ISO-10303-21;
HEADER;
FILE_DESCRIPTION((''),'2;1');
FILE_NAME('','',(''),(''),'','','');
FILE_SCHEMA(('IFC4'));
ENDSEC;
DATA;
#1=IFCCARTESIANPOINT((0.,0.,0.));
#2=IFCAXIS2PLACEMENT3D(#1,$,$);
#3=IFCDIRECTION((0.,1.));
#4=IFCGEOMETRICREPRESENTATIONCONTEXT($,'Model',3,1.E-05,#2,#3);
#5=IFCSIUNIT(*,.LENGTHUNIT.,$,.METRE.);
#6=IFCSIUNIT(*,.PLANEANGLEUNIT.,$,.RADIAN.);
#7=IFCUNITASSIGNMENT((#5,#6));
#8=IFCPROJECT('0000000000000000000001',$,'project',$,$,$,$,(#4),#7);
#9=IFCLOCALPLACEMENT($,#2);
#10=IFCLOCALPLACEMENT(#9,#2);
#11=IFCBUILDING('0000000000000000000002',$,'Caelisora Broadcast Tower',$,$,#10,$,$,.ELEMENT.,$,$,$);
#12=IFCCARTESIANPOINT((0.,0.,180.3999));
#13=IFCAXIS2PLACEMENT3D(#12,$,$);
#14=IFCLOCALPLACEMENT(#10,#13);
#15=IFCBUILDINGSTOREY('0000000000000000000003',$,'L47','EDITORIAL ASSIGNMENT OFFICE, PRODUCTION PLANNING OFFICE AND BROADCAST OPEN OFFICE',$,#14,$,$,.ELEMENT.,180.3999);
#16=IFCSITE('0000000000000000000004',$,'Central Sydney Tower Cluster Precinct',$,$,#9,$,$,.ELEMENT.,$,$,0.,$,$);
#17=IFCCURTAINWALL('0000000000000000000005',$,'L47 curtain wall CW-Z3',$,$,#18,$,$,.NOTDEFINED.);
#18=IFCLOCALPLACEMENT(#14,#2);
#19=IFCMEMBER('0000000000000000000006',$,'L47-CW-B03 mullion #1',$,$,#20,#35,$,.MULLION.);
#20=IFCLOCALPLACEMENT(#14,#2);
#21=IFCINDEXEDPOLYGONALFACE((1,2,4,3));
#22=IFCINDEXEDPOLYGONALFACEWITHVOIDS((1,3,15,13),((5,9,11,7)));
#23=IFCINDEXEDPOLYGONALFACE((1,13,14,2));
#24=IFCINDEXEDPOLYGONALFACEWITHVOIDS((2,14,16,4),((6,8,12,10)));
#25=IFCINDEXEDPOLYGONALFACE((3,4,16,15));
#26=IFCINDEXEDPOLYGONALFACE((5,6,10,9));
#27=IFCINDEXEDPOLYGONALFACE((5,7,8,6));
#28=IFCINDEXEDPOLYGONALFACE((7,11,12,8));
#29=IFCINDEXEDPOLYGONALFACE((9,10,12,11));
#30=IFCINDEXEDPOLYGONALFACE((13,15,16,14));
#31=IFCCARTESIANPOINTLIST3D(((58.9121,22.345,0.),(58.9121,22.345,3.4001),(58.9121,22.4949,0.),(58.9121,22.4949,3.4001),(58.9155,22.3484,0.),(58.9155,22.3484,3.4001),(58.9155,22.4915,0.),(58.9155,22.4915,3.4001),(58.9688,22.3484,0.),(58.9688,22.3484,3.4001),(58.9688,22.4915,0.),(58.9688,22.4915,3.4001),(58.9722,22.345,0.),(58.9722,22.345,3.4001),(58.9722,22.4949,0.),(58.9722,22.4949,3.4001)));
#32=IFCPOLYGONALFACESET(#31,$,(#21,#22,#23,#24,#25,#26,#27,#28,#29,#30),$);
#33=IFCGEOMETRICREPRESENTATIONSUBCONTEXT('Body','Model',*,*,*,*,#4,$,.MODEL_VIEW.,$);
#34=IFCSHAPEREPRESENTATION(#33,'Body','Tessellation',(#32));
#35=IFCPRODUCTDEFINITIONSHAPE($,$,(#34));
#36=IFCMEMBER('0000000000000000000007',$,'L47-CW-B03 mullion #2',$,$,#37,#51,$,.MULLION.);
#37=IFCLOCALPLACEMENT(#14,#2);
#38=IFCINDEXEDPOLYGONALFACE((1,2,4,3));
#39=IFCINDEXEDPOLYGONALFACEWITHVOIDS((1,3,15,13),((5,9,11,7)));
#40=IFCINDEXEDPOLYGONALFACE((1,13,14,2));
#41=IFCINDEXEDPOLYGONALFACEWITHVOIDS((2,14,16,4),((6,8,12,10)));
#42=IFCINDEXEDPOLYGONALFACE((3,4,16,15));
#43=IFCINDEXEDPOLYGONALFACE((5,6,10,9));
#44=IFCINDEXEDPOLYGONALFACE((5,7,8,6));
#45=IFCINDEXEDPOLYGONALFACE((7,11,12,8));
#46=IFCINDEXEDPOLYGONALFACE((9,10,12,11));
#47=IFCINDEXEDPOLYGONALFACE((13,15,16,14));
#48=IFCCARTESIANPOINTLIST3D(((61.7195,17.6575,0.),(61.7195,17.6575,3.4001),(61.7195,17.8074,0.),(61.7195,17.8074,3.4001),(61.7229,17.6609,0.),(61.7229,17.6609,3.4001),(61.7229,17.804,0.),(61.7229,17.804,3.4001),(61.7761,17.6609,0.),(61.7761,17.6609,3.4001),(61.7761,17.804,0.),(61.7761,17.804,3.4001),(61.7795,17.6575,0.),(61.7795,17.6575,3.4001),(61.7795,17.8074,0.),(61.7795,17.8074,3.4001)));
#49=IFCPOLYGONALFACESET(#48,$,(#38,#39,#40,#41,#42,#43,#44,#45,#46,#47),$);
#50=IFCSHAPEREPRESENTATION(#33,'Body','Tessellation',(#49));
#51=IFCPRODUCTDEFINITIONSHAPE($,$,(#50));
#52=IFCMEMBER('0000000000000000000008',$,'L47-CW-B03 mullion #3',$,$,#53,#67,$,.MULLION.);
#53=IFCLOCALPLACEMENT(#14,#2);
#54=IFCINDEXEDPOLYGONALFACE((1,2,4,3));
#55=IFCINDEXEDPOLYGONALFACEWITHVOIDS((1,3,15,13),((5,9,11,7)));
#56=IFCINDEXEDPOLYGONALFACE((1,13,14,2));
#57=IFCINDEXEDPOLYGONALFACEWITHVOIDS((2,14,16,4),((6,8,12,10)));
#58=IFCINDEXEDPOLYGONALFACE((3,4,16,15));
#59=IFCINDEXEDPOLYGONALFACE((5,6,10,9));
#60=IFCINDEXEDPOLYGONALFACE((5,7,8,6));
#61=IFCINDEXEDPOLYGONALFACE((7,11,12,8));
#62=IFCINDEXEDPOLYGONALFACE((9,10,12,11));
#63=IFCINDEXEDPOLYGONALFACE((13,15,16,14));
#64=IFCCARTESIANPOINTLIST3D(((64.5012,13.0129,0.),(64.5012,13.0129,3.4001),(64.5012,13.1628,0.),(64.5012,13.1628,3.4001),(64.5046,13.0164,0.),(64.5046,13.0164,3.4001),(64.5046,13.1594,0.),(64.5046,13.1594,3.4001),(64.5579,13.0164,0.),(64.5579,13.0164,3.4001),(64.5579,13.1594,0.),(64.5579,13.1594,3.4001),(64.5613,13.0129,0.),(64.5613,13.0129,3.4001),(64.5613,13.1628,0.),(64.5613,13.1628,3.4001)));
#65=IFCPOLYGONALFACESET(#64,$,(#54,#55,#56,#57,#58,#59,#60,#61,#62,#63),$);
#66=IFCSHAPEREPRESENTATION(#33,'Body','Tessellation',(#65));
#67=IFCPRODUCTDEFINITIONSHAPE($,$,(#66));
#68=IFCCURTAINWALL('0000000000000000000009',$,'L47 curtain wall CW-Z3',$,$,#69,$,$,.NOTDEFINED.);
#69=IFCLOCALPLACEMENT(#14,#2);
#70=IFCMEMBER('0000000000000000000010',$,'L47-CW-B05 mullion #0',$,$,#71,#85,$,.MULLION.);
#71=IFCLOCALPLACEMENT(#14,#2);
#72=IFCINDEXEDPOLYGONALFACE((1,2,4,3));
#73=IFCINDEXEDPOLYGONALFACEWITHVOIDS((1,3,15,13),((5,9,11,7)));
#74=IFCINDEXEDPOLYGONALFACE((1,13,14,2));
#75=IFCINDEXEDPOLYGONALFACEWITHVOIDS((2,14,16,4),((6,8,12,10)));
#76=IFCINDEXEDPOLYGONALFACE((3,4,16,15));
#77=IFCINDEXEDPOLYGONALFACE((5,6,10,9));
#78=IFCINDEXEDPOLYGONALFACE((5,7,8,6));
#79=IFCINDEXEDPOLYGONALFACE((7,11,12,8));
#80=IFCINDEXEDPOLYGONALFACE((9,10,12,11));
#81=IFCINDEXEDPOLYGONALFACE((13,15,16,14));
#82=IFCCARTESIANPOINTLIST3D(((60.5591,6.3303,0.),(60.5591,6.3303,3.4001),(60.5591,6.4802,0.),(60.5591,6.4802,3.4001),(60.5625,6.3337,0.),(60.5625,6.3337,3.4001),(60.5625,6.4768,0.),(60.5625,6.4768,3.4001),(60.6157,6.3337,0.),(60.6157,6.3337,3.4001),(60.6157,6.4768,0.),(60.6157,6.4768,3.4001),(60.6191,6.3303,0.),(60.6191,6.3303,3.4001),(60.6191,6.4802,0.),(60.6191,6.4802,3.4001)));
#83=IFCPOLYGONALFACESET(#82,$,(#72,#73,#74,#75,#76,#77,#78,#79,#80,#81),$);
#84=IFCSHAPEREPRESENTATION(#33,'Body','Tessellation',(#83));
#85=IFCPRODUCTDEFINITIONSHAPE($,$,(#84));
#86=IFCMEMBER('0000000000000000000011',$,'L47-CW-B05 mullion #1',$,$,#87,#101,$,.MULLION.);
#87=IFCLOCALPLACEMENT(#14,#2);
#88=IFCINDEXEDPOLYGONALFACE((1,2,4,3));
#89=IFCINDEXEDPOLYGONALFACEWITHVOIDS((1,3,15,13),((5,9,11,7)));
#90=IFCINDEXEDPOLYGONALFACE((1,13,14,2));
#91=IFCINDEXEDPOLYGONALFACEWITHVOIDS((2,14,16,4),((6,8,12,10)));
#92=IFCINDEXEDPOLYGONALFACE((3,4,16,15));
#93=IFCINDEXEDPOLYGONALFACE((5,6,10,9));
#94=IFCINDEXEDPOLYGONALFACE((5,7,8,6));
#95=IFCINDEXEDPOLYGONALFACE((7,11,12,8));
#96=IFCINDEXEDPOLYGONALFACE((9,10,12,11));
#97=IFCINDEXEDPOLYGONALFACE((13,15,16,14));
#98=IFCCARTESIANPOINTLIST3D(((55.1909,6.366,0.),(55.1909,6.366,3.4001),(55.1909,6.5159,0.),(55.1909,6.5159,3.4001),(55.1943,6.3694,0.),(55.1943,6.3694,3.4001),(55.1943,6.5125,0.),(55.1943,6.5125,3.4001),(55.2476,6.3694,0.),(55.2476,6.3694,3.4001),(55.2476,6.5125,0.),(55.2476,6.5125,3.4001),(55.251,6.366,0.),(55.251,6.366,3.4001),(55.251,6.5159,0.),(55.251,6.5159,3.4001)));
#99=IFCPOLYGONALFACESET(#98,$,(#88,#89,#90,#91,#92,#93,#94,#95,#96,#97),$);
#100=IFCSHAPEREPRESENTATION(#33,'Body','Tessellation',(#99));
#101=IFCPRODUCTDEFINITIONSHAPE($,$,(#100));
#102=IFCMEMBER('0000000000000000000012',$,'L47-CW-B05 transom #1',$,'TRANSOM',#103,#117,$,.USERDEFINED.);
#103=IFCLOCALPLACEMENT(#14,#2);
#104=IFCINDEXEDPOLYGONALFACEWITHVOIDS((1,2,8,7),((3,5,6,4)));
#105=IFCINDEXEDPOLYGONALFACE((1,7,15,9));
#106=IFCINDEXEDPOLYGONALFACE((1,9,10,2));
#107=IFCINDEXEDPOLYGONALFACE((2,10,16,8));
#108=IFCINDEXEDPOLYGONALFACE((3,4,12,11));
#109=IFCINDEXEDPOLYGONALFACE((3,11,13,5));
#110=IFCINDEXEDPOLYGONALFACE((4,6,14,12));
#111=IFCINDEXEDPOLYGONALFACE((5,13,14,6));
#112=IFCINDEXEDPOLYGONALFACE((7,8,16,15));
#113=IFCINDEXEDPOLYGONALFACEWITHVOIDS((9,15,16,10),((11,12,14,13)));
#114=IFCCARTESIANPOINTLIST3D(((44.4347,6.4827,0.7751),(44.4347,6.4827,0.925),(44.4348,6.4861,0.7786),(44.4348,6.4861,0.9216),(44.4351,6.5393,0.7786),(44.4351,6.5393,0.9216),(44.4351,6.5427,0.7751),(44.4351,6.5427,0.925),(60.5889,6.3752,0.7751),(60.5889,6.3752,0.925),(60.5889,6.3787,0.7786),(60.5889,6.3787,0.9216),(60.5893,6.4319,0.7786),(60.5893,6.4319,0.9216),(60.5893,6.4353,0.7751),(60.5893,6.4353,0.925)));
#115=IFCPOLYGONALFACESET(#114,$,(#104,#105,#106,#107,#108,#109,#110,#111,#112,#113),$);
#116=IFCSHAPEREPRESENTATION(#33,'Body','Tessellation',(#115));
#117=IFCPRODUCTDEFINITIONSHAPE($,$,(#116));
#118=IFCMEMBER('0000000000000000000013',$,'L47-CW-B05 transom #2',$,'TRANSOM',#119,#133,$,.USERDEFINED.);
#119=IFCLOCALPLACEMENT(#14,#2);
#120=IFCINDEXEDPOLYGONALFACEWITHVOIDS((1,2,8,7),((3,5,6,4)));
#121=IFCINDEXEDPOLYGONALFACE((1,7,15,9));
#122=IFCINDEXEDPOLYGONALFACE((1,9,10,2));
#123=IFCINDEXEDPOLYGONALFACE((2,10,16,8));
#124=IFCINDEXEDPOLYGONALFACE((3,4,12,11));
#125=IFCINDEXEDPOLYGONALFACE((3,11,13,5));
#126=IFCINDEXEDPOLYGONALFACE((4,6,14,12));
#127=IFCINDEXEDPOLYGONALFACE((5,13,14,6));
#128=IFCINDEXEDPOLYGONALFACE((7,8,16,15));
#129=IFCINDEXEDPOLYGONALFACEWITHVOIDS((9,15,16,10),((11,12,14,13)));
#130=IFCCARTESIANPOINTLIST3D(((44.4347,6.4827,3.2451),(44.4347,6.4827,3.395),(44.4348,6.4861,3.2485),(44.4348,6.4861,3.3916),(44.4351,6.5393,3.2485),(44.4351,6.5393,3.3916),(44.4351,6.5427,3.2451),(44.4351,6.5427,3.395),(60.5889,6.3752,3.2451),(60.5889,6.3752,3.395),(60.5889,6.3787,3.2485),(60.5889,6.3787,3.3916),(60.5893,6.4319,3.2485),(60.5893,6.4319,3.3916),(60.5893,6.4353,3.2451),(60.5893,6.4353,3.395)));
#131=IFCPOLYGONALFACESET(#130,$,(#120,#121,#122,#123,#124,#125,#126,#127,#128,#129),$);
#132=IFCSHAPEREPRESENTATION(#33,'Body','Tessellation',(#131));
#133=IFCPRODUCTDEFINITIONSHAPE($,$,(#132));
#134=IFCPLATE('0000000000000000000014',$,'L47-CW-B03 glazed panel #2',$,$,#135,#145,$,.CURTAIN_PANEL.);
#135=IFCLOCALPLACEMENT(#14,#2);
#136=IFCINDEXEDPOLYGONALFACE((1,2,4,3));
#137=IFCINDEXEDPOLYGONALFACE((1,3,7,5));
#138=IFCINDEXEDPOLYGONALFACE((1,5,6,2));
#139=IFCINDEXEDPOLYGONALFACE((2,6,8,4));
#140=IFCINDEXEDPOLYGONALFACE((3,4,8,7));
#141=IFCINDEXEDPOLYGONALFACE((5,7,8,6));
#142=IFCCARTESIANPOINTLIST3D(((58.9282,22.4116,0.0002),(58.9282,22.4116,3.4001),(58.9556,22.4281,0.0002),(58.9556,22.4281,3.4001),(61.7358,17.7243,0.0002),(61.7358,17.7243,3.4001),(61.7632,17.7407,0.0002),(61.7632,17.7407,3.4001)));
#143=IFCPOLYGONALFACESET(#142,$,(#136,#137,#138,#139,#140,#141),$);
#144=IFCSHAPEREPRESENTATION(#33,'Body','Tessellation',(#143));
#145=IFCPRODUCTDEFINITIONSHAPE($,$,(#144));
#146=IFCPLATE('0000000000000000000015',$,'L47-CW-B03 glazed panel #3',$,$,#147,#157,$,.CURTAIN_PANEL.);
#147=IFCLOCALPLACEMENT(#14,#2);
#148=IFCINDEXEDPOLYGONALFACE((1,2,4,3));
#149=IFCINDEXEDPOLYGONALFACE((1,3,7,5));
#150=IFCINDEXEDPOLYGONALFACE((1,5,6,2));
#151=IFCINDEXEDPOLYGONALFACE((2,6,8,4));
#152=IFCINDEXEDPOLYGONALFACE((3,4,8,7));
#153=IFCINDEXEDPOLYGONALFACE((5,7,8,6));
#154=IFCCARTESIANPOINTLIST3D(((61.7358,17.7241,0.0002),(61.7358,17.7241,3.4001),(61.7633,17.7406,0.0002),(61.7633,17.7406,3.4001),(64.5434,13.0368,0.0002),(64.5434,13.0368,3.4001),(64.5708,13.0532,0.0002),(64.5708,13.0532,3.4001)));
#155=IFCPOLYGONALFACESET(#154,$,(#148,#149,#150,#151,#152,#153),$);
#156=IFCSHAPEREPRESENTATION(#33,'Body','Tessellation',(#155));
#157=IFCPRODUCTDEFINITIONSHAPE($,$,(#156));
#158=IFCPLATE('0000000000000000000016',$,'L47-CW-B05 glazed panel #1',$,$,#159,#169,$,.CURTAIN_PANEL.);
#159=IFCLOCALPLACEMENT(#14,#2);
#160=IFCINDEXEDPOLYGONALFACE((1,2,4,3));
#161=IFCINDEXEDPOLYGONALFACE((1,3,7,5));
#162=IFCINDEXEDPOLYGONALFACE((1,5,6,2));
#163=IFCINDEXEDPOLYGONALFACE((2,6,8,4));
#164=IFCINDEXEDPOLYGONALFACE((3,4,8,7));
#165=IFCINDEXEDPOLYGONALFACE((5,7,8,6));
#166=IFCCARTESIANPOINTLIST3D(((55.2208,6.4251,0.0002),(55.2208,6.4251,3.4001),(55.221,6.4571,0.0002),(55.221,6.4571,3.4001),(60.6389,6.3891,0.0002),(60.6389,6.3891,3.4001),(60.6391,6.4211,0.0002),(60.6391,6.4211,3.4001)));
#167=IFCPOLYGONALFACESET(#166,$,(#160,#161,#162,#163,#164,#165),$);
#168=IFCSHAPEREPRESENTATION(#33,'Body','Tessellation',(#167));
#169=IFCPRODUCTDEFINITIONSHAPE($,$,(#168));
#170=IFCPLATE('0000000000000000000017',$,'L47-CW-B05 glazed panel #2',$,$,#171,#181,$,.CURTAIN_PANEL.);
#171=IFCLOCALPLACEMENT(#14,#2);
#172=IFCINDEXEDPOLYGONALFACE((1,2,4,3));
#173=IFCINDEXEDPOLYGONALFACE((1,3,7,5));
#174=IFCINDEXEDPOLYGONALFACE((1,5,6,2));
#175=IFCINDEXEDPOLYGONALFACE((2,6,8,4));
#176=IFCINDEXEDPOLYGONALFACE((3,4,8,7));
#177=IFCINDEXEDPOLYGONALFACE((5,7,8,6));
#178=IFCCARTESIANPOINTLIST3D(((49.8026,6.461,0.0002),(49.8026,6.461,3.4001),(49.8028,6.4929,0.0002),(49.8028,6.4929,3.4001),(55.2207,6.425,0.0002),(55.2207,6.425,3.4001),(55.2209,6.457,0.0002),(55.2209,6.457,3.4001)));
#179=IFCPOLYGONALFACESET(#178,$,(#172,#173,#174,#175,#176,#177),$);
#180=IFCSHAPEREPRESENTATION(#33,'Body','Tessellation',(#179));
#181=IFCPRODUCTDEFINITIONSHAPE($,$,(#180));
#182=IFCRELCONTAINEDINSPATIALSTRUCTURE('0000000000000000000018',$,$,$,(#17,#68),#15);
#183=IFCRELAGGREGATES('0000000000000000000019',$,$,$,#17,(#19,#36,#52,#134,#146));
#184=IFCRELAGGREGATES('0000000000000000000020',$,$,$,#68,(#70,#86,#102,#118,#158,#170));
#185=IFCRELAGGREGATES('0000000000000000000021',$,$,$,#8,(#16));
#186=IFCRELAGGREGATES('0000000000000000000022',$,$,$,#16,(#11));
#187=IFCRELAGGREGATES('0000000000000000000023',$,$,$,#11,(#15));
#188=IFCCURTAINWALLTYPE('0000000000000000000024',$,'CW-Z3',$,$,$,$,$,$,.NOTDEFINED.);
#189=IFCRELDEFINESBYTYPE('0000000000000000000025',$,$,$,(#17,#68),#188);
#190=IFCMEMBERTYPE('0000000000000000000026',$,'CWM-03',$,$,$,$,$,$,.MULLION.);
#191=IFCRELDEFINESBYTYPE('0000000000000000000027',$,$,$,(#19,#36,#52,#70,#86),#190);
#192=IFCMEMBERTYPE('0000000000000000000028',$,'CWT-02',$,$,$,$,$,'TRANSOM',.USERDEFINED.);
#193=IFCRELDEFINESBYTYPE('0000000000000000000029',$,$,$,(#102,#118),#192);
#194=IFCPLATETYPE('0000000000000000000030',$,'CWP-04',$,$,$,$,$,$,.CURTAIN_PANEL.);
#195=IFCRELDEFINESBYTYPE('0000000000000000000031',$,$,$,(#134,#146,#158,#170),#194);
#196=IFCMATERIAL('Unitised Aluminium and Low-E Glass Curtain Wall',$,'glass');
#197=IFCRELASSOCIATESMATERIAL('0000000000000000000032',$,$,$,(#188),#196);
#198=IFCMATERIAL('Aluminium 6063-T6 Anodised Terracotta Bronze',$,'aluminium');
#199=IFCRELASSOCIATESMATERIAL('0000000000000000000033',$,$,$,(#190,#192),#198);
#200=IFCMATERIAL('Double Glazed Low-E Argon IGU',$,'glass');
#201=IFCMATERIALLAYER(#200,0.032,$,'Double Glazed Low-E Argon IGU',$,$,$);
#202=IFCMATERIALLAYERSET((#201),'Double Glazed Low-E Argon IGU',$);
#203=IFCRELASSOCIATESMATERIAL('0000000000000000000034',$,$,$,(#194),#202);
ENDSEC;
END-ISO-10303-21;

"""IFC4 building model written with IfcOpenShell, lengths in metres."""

from ifc_helpers import new_model, si_unit, direction, frame, origin, origin_2d, place, context, subcontext, project, spatial, rectangle, hollow_rectangle, extrude, source, transform, mapped, material, layer, layer_set, material_profile, profile_set, type_object, type_shapes, element, aggregate, save


model = new_model("IFC4")

# Units and contexts
model_context = context("Model", 3, precision=1e-05, world=origin(), true_north=direction((0.0, 1.0)))
body_context = subcontext(model_context, "Body", "Model", "MODEL_VIEW")
ifc_project = project(units=[si_unit("LENGTHUNIT", "METRE"), si_unit("PLANEANGLEUNIT", "RADIAN")], contexts=[model_context])

# Site, building, storey
site_placement = place(None, origin())
site = spatial("IfcSite", under=ifc_project, at=site_placement, Name="Central Sydney Tower Cluster Precinct", CompositionType="ELEMENT", RefElevation=0.0)
building_placement = place(site_placement, origin())
building = spatial("IfcBuilding", under=site, at=building_placement, Name="Caelisora Broadcast Tower", CompositionType="ELEMENT")
storey_placement = place(building_placement, frame((0.0, 0.0, 180.3999)))
storey = spatial("IfcBuildingStorey", under=building, at=storey_placement, Name="L47", Description="EDITORIAL ASSIGNMENT OFFICE, PRODUCTION PLANNING OFFICE AND BROADCAST OPEN OFFICE", CompositionType="ELEMENT", Elevation=180.3999)

# Curtain walls, members
ifc_material_1 = material(Name="Unitised Aluminium and Low-E Glass Curtain Wall", Category="glass")
curtain_wall_type = type_object("IfcCurtainWallType", Name="CW-Z3", PredefinedType="NOTDEFINED", material=ifc_material_1)
curtain_wall_1_placement = place(storey_placement, origin())
curtain_wall_1 = element("IfcCurtainWall", 1, at=curtain_wall_1_placement, inside=storey, type_object=curtain_wall_type, Name="L47 curtain wall CW-Z3", PredefinedType="NOTDEFINED")
ifc_material_2 = material(Name="Aluminium 6063-T6 Anodised Terracotta Bronze", Category="aluminium")
ifc_material_profile_1 = material_profile(ifc_material_2, hollow_rectangle(XDim=0.0601, YDim=0.1499, WallThickness=0.0034, at=origin_2d()), Name="Aluminium 6063-T6 Anodised Terracotta Bronze")
ifc_profile_set_1 = profile_set([ifc_material_profile_1], Name="Aluminium 6063-T6 Anodised Terracotta Bronze")
member_type_1 = type_object("IfcMemberType", Name="CWM-03", PredefinedType="MULLION", material=ifc_profile_set_1)
shared_shape_1 = source(origin(), body_context, "Body", "SweptSolid", [
    extrude(hollow_rectangle(XDim=0.0601, YDim=0.1499, WallThickness=0.0034, at=origin_2d()), origin(), (0.0, 0.0, 1.0), 3.4001),
])
type_shapes(member_type_1, [shared_shape_1])
member_1_placement = place(storey_placement, frame((58.9421, 22.4199, 0.0), z_axis=(0.0, 0.0, 1.0), x_axis=(1.0, 0.0, 0.0)))
member_1 = element("IfcMember", 2, at=member_1_placement, type_object=member_type_1, Name="L47-CW-B03 mullion #1", PredefinedType="MULLION", context=body_context, shape_type="MappedRepresentation", body=[
    mapped(shared_shape_1, transform((0.0, 0.0, 0.0), scale=1.0)),
])
member_2_placement = place(storey_placement, frame((61.7495, 17.7324, 0.0), z_axis=(0.0, 0.0, 1.0), x_axis=(1.0, 0.0, 0.0)))
member_2 = element("IfcMember", 3, at=member_2_placement, type_object=member_type_1, Name="L47-CW-B03 mullion #2", PredefinedType="MULLION", context=body_context, shape_type="MappedRepresentation", body=[
    mapped(shared_shape_1, transform((0.0, 0.0, 0.0), scale=1.0)),
])
member_3_placement = place(storey_placement, frame((64.5312, 13.0879, 0.0), z_axis=(0.0, 0.0, 1.0), x_axis=(1.0, 0.0, 0.0)))
member_3 = element("IfcMember", 4, at=member_3_placement, type_object=member_type_1, Name="L47-CW-B03 mullion #3", PredefinedType="MULLION", context=body_context, shape_type="MappedRepresentation", body=[
    mapped(shared_shape_1, transform((0.0, 0.0, 0.0), scale=1.0)),
])
curtain_wall_2_placement = place(storey_placement, origin())
curtain_wall_2 = element("IfcCurtainWall", 5, at=curtain_wall_2_placement, inside=storey, type_object=curtain_wall_type, Name="L47 curtain wall CW-Z3", PredefinedType="NOTDEFINED")
member_4_placement = place(storey_placement, frame((60.5891, 6.4053, 0.0), z_axis=(0.0, 0.0, 1.0), x_axis=(1.0, 0.0, 0.0)))
member_4 = element("IfcMember", 6, at=member_4_placement, type_object=member_type_1, Name="L47-CW-B05 mullion #0", PredefinedType="MULLION", context=body_context, shape_type="MappedRepresentation", body=[
    mapped(shared_shape_1, transform((0.0, 0.0, 0.0), scale=1.0)),
])
member_5_placement = place(storey_placement, frame((55.2209, 6.4409, 0.0), z_axis=(0.0, 0.0, 1.0), x_axis=(1.0, 0.0, 0.0)))
member_5 = element("IfcMember", 7, at=member_5_placement, type_object=member_type_1, Name="L47-CW-B05 mullion #1", PredefinedType="MULLION", context=body_context, shape_type="MappedRepresentation", body=[
    mapped(shared_shape_1, transform((0.0, 0.0, 0.0), scale=1.0)),
])
ifc_material_profile_2 = material_profile(ifc_material_2, hollow_rectangle(XDim=0.0601, YDim=0.1499, WallThickness=0.0034, at=origin_2d()), Name="Aluminium 6063-T6 Anodised Terracotta Bronze")
ifc_profile_set_2 = profile_set([ifc_material_profile_2], Name="Aluminium 6063-T6 Anodised Terracotta Bronze")
member_type_2 = type_object("IfcMemberType", Name="CWT-02", ElementType="TRANSOM", PredefinedType="USERDEFINED", material=ifc_profile_set_2)
shared_shape_2 = source(origin(), body_context, "Body", "SweptSolid", [
    extrude(hollow_rectangle(XDim=0.0601, YDim=0.1499, WallThickness=0.0034, at=origin_2d()), origin(), (0.0, 0.0, 1.0), 16.1545),
])
type_shapes(member_type_2, [shared_shape_2])
member_6_placement = place(storey_placement, frame((60.5891, 6.4053, 0.8501), z_axis=(-0.999978, 0.00665, 0.0), x_axis=(-0.00665, -0.999978, 0.0)))
member_6 = element("IfcMember", 8, at=member_6_placement, type_object=member_type_2, Name="L47-CW-B05 transom #1", ObjectType="TRANSOM", PredefinedType="USERDEFINED", context=body_context, shape_type="MappedRepresentation", body=[
    mapped(shared_shape_2, transform((0.0, 0.0, 0.0), scale=1.0)),
])
member_7_placement = place(storey_placement, frame((60.5891, 6.4053, 3.3201), z_axis=(-0.999978, 0.00665, 0.0), x_axis=(-0.00665, -0.999978, 0.0)))
member_7 = element("IfcMember", 9, at=member_7_placement, type_object=member_type_2, Name="L47-CW-B05 transom #2", ObjectType="TRANSOM", PredefinedType="USERDEFINED", context=body_context, shape_type="MappedRepresentation", body=[
    mapped(shared_shape_2, transform((0.0, 0.0, 0.0), scale=1.0)),
])

# Plates
ifc_material_3 = material(Name="Double Glazed Low-E Argon IGU", Category="glass")
ifc_layer_1 = layer(ifc_material_3, 0.032, Name="Double Glazed Low-E Argon IGU")
ifc_layer_set_1 = layer_set([ifc_layer_1], Name="Double Glazed Low-E Argon IGU")
plate_type = type_object("IfcPlateType", Name="CWP-04", PredefinedType="CURTAIN_PANEL", material=ifc_layer_set_1)
shared_shape_3 = source(origin(), body_context, "Body", "SweptSolid", [
    extrude(rectangle(XDim=5.4639, YDim=0.032, at=origin_2d()), origin(), (0.0, 0.0, 1.0), 3.3999),
])
plate_1_placement = place(storey_placement, frame((60.3457, 20.0762, 0.0002), z_axis=(0.0, 0.0, 1.0), x_axis=(0.513841, -0.857886, 0.0)))
plate_1 = element("IfcPlate", 10, at=plate_1_placement, type_object=plate_type, Name="L47-CW-B03 glazed panel #2", PredefinedType="CURTAIN_PANEL", context=body_context, shape_type="MappedRepresentation", body=[
    mapped(shared_shape_3, transform((0.0, 0.0, 0.0), scale=1.0)),
])
plate_2_placement = place(storey_placement, frame((63.1533, 15.3887, 0.0002), z_axis=(0.0, 0.0, 1.0), x_axis=(0.513841, -0.857886, 0.0)))
plate_2 = element("IfcPlate", 11, at=plate_2_placement, type_object=plate_type, Name="L47-CW-B03 glazed panel #3", PredefinedType="CURTAIN_PANEL", context=body_context, shape_type="MappedRepresentation", body=[
    mapped(shared_shape_3, transform((0.0, 0.0, 0.0), scale=1.0)),
])
aggregate(curtain_wall_1, [member_1, member_2, member_3, plate_1, plate_2])
shared_shape_4 = source(origin(), body_context, "Body", "SweptSolid", [
    extrude(rectangle(XDim=5.4182, YDim=0.032, at=origin_2d()), origin(), (0.0, 0.0, 1.0), 3.3999),
])
type_shapes(plate_type, [shared_shape_3, shared_shape_4])
plate_3_placement = place(storey_placement, frame((57.9299, 6.4231, 0.0002), z_axis=(0.0, 0.0, 1.0), x_axis=(-0.999978, 0.006632, 0.0)))
plate_3 = element("IfcPlate", 12, at=plate_3_placement, type_object=plate_type, Name="L47-CW-B05 glazed panel #1", PredefinedType="CURTAIN_PANEL", context=body_context, shape_type="MappedRepresentation", body=[
    mapped(shared_shape_4, transform((0.0, 0.0, 0.0), scale=1.0)),
])
plate_4_placement = place(storey_placement, frame((52.5117, 6.459, 0.0002), z_axis=(0.0, 0.0, 1.0), x_axis=(-0.999978, 0.006632, 0.0)))
plate_4 = element("IfcPlate", 13, at=plate_4_placement, type_object=plate_type, Name="L47-CW-B05 glazed panel #2", PredefinedType="CURTAIN_PANEL", context=body_context, shape_type="MappedRepresentation", body=[
    mapped(shared_shape_4, transform((0.0, 0.0, 0.0), scale=1.0)),
])
aggregate(curtain_wall_2, [member_4, member_5, member_6, member_7, plate_3, plate_4])

save(model, "model.ifc")
